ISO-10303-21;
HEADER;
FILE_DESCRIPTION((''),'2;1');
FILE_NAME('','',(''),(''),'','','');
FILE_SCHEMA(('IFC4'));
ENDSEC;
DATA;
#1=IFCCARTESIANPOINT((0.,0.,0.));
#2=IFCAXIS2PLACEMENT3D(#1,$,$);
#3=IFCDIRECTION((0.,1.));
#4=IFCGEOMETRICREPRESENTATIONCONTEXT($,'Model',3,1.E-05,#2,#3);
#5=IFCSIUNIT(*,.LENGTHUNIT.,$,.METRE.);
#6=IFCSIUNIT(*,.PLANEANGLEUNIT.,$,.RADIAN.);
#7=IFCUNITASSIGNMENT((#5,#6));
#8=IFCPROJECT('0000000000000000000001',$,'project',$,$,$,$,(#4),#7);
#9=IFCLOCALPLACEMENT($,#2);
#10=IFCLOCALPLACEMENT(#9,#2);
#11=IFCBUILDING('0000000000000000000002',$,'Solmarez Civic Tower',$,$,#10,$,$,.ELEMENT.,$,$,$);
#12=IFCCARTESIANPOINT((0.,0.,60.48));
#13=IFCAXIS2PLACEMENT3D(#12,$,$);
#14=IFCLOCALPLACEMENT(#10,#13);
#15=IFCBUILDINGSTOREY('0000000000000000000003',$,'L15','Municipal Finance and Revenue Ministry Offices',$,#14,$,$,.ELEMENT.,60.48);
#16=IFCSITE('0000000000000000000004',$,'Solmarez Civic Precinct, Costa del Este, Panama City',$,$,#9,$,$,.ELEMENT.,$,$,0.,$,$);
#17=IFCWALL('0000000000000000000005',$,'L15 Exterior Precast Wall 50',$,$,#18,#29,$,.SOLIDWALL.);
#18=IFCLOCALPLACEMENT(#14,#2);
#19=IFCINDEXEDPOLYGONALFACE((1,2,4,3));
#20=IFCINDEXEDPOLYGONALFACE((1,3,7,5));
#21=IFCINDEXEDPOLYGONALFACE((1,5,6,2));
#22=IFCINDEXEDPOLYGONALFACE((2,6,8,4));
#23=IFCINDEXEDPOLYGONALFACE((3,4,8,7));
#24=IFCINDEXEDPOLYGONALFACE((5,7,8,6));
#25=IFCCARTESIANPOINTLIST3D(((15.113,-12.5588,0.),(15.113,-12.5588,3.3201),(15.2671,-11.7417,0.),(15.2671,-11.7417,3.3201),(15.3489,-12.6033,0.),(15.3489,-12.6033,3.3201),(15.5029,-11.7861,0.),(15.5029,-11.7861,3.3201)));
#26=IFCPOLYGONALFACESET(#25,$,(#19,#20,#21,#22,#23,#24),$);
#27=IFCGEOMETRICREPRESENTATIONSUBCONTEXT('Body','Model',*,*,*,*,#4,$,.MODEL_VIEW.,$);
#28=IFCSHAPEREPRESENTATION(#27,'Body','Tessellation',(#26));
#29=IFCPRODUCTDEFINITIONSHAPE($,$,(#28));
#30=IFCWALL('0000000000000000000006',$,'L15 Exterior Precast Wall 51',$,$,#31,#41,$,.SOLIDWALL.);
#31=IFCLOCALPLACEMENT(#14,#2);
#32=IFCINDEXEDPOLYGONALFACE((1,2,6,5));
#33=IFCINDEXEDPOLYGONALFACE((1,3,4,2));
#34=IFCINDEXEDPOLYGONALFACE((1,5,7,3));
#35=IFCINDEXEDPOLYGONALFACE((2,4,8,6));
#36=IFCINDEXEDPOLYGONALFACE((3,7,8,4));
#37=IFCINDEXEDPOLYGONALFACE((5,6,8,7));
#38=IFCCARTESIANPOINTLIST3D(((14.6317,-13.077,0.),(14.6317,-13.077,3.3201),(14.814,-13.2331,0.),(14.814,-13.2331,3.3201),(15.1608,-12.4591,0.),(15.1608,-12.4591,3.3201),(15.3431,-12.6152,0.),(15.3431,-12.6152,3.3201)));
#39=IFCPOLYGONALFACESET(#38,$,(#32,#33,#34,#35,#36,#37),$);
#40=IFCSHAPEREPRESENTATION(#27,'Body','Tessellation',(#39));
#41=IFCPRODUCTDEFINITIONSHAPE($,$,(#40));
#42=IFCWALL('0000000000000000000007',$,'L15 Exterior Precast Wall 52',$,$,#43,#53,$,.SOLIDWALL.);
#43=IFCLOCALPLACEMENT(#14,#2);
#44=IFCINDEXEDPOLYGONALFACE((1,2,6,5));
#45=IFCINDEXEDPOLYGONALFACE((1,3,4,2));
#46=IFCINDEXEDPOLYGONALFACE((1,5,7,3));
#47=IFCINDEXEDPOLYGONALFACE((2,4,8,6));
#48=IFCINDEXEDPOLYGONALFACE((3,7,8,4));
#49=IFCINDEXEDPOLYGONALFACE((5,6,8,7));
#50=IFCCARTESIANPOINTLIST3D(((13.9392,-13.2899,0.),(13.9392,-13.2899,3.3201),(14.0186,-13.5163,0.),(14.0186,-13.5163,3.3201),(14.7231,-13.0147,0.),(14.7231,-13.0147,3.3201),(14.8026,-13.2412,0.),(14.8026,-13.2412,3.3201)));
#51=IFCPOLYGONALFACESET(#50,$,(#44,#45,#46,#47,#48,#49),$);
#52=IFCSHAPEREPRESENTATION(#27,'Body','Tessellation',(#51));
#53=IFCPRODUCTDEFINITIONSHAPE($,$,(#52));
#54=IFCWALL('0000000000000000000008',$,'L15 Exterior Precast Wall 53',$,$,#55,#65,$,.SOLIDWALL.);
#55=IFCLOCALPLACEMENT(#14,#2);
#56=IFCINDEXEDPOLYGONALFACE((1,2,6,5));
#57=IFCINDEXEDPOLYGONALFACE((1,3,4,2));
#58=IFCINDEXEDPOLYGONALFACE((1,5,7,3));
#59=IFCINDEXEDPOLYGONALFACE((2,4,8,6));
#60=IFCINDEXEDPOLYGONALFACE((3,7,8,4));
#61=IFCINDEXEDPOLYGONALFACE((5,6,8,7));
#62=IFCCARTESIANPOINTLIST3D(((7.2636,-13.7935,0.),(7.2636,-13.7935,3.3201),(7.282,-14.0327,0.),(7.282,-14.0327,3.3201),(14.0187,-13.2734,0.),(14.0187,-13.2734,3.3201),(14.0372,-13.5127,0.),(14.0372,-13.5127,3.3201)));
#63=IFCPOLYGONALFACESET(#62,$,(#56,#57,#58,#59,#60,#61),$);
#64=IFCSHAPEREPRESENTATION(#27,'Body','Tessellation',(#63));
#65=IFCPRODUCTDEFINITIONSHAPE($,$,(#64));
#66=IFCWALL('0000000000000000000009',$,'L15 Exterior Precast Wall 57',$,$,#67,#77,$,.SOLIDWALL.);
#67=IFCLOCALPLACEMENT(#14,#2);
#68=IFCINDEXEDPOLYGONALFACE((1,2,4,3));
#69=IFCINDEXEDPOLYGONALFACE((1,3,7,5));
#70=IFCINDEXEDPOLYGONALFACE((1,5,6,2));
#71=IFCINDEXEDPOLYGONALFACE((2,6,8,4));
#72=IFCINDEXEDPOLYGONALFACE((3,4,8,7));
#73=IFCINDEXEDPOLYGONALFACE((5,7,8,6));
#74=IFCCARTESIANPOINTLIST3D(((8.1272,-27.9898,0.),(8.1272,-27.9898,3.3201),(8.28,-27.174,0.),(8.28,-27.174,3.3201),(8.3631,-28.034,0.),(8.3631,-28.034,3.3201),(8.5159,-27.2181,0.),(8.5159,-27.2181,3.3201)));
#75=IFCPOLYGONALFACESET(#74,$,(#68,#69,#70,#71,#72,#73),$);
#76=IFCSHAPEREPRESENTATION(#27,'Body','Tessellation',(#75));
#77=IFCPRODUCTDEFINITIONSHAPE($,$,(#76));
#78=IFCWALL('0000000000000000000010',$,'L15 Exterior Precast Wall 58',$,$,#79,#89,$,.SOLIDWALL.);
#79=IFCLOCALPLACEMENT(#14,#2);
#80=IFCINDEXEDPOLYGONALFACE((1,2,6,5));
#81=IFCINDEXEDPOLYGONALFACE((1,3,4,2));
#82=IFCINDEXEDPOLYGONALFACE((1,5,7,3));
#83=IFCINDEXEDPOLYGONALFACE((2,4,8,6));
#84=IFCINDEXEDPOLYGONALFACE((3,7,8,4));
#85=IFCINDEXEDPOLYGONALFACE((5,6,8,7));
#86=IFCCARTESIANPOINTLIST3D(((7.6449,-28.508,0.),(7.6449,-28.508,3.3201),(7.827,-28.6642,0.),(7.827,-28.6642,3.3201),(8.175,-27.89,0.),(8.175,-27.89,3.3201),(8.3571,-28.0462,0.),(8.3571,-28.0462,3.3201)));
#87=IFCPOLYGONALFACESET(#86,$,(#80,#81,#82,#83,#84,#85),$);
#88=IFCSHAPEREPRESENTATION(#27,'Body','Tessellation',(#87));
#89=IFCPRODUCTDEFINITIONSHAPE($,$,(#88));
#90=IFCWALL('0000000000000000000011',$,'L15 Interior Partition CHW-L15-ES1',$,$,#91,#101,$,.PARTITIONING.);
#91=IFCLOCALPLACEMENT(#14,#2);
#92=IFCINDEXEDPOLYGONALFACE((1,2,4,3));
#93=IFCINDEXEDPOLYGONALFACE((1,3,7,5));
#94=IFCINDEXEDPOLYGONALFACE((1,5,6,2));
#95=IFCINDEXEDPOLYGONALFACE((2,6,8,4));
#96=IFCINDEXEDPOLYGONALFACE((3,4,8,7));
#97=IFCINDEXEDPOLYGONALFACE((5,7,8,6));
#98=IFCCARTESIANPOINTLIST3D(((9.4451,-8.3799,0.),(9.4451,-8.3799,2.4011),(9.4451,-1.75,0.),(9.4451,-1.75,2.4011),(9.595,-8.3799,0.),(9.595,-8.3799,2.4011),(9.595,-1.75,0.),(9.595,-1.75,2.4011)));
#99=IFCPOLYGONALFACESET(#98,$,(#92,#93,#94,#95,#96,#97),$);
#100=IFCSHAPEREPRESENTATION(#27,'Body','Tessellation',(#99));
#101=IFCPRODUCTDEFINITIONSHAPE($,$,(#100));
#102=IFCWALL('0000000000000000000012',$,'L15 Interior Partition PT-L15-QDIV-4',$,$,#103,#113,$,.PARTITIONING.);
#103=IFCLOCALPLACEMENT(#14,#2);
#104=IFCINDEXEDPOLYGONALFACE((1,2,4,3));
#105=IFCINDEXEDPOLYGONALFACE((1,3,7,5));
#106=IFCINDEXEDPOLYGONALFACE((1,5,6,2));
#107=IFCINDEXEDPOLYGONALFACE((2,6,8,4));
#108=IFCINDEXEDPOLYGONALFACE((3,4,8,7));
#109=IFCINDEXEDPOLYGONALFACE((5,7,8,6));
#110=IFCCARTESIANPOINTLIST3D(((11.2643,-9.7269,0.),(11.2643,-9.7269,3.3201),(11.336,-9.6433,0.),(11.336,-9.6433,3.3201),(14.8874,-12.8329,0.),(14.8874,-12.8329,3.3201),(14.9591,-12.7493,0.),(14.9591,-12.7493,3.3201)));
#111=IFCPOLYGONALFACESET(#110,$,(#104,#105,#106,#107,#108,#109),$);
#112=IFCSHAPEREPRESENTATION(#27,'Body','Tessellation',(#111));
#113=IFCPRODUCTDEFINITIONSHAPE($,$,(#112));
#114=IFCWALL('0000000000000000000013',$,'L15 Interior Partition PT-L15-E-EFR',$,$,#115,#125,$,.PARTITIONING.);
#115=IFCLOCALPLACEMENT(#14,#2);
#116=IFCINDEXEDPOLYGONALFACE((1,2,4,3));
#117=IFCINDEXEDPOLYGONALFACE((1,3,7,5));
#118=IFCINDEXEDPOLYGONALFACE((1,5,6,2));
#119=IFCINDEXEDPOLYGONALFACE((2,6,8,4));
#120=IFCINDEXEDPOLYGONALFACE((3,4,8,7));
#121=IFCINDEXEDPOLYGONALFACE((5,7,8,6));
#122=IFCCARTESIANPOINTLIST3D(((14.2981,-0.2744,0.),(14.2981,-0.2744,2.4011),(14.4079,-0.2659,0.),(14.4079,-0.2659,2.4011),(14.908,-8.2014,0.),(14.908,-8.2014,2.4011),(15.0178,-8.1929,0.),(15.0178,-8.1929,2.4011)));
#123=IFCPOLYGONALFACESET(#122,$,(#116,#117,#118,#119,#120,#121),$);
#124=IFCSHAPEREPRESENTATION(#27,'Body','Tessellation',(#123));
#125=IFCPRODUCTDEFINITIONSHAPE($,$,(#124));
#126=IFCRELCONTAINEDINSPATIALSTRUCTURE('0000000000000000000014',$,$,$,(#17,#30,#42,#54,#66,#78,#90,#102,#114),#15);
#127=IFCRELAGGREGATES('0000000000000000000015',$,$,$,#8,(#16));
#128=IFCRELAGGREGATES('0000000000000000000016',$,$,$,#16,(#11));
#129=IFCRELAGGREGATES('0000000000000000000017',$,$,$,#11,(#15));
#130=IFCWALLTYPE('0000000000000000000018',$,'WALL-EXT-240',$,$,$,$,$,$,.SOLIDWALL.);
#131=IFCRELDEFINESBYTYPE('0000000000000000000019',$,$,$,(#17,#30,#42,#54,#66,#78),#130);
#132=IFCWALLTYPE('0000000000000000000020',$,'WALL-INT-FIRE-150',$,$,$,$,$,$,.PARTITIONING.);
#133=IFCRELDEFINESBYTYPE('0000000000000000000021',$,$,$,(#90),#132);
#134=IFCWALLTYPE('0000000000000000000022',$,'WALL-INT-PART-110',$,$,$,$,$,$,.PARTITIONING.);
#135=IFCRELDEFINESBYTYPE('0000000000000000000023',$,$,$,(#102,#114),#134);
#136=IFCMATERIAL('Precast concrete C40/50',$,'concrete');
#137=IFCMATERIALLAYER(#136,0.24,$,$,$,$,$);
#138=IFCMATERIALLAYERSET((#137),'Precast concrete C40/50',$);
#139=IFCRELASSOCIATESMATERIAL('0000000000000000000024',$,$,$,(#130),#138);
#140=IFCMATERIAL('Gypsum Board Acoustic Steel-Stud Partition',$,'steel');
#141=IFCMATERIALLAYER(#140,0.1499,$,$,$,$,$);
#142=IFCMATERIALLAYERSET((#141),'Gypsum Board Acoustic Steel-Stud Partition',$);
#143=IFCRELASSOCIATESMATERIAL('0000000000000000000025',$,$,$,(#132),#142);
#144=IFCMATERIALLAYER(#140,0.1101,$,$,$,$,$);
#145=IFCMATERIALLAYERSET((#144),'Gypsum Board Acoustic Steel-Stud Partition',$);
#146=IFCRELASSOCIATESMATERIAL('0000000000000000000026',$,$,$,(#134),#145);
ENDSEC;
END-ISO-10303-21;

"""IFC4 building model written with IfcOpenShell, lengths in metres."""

from ifc_helpers import new_model, si_unit, direction, frame, frame_2d, origin, place, context, subcontext, project, spatial, rectangle, extrude, material, layer, layer_set, type_object, element, save


model = new_model("IFC4")

# Units and contexts
model_context = context("Model", 3, precision=1e-05, world=origin(), true_north=direction((0.0, 1.0)))
body_context = subcontext(model_context, "Body", "Model", "MODEL_VIEW")
ifc_project = project(units=[si_unit("LENGTHUNIT", "METRE"), si_unit("PLANEANGLEUNIT", "RADIAN")], contexts=[model_context])

# Site, building, storey
site_placement = place(None, origin())
site = spatial("IfcSite", under=ifc_project, at=site_placement, Name="Solmarez Civic Precinct, Costa del Este, Panama City", CompositionType="ELEMENT", RefElevation=0.0)
building_placement = place(site_placement, origin())
building = spatial("IfcBuilding", under=site, at=building_placement, Name="Solmarez Civic Tower", CompositionType="ELEMENT")
storey_placement = place(building_placement, frame((0.0, 0.0, 60.48)))
storey = spatial("IfcBuildingStorey", under=building, at=storey_placement, Name="L15", Description="Municipal Finance and Revenue Ministry Offices", CompositionType="ELEMENT", Elevation=60.48)

# Shared definitions
ifc_material_1 = material(Name="Precast concrete C40/50", Category="concrete")
ifc_layer_1 = layer(ifc_material_1, 0.24)
ifc_layer_set_1 = layer_set([ifc_layer_1], Name="Precast concrete C40/50")
wall_type_1 = type_object("IfcWallType", Name="WALL-EXT-240", PredefinedType="SOLIDWALL", material=ifc_layer_set_1)

# Walls
wall_1_placement = place(storey_placement, frame((15.385, -11.7639, 0.0), z_axis=(0.0, 0.0, 1.0), x_axis=(-0.185263, -0.982689, 0.0)))
element("IfcWall", 1, at=wall_1_placement, inside=storey, type_object=wall_type_1, Name="L15 Exterior Precast Wall 50", PredefinedType="SOLIDWALL", context=body_context, shape_type="SweptSolid", body=[
    extrude(rectangle(XDim=0.8315, YDim=0.24, at=frame_2d((0.4158, 0.0))), origin(), (0.0, 0.0, 1.0), 3.3201),
])
wall_2_placement = place(storey_placement, frame((15.252, -12.5371, 0.0), z_axis=(0.0, 0.0, 1.0), x_axis=(-0.650371, -0.759617, 0.0)))
element("IfcWall", 2, at=wall_2_placement, inside=storey, type_object=wall_type_1, Name="L15 Exterior Precast Wall 51", PredefinedType="SOLIDWALL", context=body_context, shape_type="SweptSolid", body=[
    extrude(rectangle(XDim=0.8135, YDim=0.24, at=frame_2d((0.4067, 0.0))), origin(), (0.0, 0.0, 1.0), 3.3201),
])
wall_3_placement = place(storey_placement, frame((14.7629, -13.1279, 0.0), z_axis=(0.0, 0.0, 1.0), x_axis=(-0.943569, -0.331175, 0.0)))
element("IfcWall", 3, at=wall_3_placement, inside=storey, type_object=wall_type_1, Name="L15 Exterior Precast Wall 52", PredefinedType="SOLIDWALL", context=body_context, shape_type="SweptSolid", body=[
    extrude(rectangle(XDim=0.8308, YDim=0.24, at=frame_2d((0.4155, 0.0))), origin(), (0.0, 0.0, 1.0), 3.3201),
])
wall_4_placement = place(storey_placement, frame((14.0281, -13.3931, 0.0), z_axis=(0.0, 0.0, 1.0), x_axis=(-0.99705, -0.076754, 0.0)))
element("IfcWall", 4, at=wall_4_placement, inside=storey, type_object=wall_type_1, Name="L15 Exterior Precast Wall 53", PredefinedType="SOLIDWALL", context=body_context, shape_type="SweptSolid", body=[
    extrude(rectangle(XDim=6.7751, YDim=0.24, at=frame_2d((3.3877, 0.0))), origin(), (0.0, 0.0, 1.0), 3.3201),
])
wall_5_placement = place(storey_placement, frame((8.3979, -27.196, 0.0), z_axis=(0.0, 0.0, 1.0), x_axis=(-0.184111, -0.982905, 0.0)))
element("IfcWall", 5, at=wall_5_placement, inside=storey, type_object=wall_type_1, Name="L15 Exterior Precast Wall 57", PredefinedType="SOLIDWALL", context=body_context, shape_type="SweptSolid", body=[
    extrude(rectangle(XDim=0.8301, YDim=0.24, at=frame_2d((0.415, 0.0))), origin(), (0.0, 0.0, 1.0), 3.3201),
])
wall_6_placement = place(storey_placement, frame((8.2661, -27.968, 0.0), z_axis=(0.0, 0.0, 1.0), x_axis=(-0.651063, -0.759024, 0.0)))
element("IfcWall", 6, at=wall_6_placement, inside=storey, type_object=wall_type_1, Name="L15 Exterior Precast Wall 58", PredefinedType="SOLIDWALL", context=body_context, shape_type="SweptSolid", body=[
    extrude(rectangle(XDim=0.8142, YDim=0.24, at=frame_2d((0.4072, 0.0))), origin(), (0.0, 0.0, 1.0), 3.3201),
])
ifc_material_2 = material(Name="Gypsum Board Acoustic Steel-Stud Partition", Category="steel")
ifc_layer_2 = layer(ifc_material_2, 0.1499)
ifc_layer_set_2 = layer_set([ifc_layer_2], Name="Gypsum Board Acoustic Steel-Stud Partition")
wall_type_2 = type_object("IfcWallType", Name="WALL-INT-FIRE-150", PredefinedType="PARTITIONING", material=ifc_layer_set_2)
wall_7_placement = place(storey_placement, frame((9.52, -8.3799, 0.0), z_axis=(0.0, 0.0, 1.0), x_axis=(0.0, 1.0, 0.0)))
element("IfcWall", 7, at=wall_7_placement, inside=storey, type_object=wall_type_2, Name="L15 Interior Partition CHW-L15-ES1", PredefinedType="PARTITIONING", context=body_context, shape_type="SweptSolid", body=[
    extrude(rectangle(XDim=6.6299, YDim=0.1499, at=frame_2d((3.3149, 0.0))), origin(), (0.0, 0.0, 1.0), 2.4011),
])
ifc_layer_3 = layer(ifc_material_2, 0.1101)
ifc_layer_set_3 = layer_set([ifc_layer_3], Name="Gypsum Board Acoustic Steel-Stud Partition")
wall_type_3 = type_object("IfcWallType", Name="WALL-INT-PART-110", PredefinedType="PARTITIONING", material=ifc_layer_set_3)
wall_8_placement = place(storey_placement, frame((11.3, -9.6851, 0.0), z_axis=(0.0, 0.0, 1.0), x_axis=(0.759206, -0.65085, 0.0)))
element("IfcWall", 8, at=wall_8_placement, inside=storey, type_object=wall_type_3, Name="L15 Interior Partition PT-L15-QDIV-4", PredefinedType="PARTITIONING", context=body_context, shape_type="SweptSolid", body=[
    extrude(rectangle(XDim=4.7722, YDim=0.1101, at=frame_2d((2.3862, 0.0))), origin(), (0.0, 0.0, 1.0), 3.3201),
])
wall_9_placement = place(storey_placement, frame((14.9629, -8.197, 0.0), z_axis=(0.0, 0.0, 1.0), x_axis=(-0.076708, 0.997054, 0.0)))
element("IfcWall", 9, at=wall_9_placement, inside=storey, type_object=wall_type_3, Name="L15 Interior Partition PT-L15-E-EFR", PredefinedType="PARTITIONING", context=body_context, shape_type="SweptSolid", body=[
    extrude(rectangle(XDim=7.9504, YDim=0.1101, at=frame_2d((3.9751, 0.0))), origin(), (0.0, 0.0, 1.0), 2.4011),
])

save(model, "model.ifc")
